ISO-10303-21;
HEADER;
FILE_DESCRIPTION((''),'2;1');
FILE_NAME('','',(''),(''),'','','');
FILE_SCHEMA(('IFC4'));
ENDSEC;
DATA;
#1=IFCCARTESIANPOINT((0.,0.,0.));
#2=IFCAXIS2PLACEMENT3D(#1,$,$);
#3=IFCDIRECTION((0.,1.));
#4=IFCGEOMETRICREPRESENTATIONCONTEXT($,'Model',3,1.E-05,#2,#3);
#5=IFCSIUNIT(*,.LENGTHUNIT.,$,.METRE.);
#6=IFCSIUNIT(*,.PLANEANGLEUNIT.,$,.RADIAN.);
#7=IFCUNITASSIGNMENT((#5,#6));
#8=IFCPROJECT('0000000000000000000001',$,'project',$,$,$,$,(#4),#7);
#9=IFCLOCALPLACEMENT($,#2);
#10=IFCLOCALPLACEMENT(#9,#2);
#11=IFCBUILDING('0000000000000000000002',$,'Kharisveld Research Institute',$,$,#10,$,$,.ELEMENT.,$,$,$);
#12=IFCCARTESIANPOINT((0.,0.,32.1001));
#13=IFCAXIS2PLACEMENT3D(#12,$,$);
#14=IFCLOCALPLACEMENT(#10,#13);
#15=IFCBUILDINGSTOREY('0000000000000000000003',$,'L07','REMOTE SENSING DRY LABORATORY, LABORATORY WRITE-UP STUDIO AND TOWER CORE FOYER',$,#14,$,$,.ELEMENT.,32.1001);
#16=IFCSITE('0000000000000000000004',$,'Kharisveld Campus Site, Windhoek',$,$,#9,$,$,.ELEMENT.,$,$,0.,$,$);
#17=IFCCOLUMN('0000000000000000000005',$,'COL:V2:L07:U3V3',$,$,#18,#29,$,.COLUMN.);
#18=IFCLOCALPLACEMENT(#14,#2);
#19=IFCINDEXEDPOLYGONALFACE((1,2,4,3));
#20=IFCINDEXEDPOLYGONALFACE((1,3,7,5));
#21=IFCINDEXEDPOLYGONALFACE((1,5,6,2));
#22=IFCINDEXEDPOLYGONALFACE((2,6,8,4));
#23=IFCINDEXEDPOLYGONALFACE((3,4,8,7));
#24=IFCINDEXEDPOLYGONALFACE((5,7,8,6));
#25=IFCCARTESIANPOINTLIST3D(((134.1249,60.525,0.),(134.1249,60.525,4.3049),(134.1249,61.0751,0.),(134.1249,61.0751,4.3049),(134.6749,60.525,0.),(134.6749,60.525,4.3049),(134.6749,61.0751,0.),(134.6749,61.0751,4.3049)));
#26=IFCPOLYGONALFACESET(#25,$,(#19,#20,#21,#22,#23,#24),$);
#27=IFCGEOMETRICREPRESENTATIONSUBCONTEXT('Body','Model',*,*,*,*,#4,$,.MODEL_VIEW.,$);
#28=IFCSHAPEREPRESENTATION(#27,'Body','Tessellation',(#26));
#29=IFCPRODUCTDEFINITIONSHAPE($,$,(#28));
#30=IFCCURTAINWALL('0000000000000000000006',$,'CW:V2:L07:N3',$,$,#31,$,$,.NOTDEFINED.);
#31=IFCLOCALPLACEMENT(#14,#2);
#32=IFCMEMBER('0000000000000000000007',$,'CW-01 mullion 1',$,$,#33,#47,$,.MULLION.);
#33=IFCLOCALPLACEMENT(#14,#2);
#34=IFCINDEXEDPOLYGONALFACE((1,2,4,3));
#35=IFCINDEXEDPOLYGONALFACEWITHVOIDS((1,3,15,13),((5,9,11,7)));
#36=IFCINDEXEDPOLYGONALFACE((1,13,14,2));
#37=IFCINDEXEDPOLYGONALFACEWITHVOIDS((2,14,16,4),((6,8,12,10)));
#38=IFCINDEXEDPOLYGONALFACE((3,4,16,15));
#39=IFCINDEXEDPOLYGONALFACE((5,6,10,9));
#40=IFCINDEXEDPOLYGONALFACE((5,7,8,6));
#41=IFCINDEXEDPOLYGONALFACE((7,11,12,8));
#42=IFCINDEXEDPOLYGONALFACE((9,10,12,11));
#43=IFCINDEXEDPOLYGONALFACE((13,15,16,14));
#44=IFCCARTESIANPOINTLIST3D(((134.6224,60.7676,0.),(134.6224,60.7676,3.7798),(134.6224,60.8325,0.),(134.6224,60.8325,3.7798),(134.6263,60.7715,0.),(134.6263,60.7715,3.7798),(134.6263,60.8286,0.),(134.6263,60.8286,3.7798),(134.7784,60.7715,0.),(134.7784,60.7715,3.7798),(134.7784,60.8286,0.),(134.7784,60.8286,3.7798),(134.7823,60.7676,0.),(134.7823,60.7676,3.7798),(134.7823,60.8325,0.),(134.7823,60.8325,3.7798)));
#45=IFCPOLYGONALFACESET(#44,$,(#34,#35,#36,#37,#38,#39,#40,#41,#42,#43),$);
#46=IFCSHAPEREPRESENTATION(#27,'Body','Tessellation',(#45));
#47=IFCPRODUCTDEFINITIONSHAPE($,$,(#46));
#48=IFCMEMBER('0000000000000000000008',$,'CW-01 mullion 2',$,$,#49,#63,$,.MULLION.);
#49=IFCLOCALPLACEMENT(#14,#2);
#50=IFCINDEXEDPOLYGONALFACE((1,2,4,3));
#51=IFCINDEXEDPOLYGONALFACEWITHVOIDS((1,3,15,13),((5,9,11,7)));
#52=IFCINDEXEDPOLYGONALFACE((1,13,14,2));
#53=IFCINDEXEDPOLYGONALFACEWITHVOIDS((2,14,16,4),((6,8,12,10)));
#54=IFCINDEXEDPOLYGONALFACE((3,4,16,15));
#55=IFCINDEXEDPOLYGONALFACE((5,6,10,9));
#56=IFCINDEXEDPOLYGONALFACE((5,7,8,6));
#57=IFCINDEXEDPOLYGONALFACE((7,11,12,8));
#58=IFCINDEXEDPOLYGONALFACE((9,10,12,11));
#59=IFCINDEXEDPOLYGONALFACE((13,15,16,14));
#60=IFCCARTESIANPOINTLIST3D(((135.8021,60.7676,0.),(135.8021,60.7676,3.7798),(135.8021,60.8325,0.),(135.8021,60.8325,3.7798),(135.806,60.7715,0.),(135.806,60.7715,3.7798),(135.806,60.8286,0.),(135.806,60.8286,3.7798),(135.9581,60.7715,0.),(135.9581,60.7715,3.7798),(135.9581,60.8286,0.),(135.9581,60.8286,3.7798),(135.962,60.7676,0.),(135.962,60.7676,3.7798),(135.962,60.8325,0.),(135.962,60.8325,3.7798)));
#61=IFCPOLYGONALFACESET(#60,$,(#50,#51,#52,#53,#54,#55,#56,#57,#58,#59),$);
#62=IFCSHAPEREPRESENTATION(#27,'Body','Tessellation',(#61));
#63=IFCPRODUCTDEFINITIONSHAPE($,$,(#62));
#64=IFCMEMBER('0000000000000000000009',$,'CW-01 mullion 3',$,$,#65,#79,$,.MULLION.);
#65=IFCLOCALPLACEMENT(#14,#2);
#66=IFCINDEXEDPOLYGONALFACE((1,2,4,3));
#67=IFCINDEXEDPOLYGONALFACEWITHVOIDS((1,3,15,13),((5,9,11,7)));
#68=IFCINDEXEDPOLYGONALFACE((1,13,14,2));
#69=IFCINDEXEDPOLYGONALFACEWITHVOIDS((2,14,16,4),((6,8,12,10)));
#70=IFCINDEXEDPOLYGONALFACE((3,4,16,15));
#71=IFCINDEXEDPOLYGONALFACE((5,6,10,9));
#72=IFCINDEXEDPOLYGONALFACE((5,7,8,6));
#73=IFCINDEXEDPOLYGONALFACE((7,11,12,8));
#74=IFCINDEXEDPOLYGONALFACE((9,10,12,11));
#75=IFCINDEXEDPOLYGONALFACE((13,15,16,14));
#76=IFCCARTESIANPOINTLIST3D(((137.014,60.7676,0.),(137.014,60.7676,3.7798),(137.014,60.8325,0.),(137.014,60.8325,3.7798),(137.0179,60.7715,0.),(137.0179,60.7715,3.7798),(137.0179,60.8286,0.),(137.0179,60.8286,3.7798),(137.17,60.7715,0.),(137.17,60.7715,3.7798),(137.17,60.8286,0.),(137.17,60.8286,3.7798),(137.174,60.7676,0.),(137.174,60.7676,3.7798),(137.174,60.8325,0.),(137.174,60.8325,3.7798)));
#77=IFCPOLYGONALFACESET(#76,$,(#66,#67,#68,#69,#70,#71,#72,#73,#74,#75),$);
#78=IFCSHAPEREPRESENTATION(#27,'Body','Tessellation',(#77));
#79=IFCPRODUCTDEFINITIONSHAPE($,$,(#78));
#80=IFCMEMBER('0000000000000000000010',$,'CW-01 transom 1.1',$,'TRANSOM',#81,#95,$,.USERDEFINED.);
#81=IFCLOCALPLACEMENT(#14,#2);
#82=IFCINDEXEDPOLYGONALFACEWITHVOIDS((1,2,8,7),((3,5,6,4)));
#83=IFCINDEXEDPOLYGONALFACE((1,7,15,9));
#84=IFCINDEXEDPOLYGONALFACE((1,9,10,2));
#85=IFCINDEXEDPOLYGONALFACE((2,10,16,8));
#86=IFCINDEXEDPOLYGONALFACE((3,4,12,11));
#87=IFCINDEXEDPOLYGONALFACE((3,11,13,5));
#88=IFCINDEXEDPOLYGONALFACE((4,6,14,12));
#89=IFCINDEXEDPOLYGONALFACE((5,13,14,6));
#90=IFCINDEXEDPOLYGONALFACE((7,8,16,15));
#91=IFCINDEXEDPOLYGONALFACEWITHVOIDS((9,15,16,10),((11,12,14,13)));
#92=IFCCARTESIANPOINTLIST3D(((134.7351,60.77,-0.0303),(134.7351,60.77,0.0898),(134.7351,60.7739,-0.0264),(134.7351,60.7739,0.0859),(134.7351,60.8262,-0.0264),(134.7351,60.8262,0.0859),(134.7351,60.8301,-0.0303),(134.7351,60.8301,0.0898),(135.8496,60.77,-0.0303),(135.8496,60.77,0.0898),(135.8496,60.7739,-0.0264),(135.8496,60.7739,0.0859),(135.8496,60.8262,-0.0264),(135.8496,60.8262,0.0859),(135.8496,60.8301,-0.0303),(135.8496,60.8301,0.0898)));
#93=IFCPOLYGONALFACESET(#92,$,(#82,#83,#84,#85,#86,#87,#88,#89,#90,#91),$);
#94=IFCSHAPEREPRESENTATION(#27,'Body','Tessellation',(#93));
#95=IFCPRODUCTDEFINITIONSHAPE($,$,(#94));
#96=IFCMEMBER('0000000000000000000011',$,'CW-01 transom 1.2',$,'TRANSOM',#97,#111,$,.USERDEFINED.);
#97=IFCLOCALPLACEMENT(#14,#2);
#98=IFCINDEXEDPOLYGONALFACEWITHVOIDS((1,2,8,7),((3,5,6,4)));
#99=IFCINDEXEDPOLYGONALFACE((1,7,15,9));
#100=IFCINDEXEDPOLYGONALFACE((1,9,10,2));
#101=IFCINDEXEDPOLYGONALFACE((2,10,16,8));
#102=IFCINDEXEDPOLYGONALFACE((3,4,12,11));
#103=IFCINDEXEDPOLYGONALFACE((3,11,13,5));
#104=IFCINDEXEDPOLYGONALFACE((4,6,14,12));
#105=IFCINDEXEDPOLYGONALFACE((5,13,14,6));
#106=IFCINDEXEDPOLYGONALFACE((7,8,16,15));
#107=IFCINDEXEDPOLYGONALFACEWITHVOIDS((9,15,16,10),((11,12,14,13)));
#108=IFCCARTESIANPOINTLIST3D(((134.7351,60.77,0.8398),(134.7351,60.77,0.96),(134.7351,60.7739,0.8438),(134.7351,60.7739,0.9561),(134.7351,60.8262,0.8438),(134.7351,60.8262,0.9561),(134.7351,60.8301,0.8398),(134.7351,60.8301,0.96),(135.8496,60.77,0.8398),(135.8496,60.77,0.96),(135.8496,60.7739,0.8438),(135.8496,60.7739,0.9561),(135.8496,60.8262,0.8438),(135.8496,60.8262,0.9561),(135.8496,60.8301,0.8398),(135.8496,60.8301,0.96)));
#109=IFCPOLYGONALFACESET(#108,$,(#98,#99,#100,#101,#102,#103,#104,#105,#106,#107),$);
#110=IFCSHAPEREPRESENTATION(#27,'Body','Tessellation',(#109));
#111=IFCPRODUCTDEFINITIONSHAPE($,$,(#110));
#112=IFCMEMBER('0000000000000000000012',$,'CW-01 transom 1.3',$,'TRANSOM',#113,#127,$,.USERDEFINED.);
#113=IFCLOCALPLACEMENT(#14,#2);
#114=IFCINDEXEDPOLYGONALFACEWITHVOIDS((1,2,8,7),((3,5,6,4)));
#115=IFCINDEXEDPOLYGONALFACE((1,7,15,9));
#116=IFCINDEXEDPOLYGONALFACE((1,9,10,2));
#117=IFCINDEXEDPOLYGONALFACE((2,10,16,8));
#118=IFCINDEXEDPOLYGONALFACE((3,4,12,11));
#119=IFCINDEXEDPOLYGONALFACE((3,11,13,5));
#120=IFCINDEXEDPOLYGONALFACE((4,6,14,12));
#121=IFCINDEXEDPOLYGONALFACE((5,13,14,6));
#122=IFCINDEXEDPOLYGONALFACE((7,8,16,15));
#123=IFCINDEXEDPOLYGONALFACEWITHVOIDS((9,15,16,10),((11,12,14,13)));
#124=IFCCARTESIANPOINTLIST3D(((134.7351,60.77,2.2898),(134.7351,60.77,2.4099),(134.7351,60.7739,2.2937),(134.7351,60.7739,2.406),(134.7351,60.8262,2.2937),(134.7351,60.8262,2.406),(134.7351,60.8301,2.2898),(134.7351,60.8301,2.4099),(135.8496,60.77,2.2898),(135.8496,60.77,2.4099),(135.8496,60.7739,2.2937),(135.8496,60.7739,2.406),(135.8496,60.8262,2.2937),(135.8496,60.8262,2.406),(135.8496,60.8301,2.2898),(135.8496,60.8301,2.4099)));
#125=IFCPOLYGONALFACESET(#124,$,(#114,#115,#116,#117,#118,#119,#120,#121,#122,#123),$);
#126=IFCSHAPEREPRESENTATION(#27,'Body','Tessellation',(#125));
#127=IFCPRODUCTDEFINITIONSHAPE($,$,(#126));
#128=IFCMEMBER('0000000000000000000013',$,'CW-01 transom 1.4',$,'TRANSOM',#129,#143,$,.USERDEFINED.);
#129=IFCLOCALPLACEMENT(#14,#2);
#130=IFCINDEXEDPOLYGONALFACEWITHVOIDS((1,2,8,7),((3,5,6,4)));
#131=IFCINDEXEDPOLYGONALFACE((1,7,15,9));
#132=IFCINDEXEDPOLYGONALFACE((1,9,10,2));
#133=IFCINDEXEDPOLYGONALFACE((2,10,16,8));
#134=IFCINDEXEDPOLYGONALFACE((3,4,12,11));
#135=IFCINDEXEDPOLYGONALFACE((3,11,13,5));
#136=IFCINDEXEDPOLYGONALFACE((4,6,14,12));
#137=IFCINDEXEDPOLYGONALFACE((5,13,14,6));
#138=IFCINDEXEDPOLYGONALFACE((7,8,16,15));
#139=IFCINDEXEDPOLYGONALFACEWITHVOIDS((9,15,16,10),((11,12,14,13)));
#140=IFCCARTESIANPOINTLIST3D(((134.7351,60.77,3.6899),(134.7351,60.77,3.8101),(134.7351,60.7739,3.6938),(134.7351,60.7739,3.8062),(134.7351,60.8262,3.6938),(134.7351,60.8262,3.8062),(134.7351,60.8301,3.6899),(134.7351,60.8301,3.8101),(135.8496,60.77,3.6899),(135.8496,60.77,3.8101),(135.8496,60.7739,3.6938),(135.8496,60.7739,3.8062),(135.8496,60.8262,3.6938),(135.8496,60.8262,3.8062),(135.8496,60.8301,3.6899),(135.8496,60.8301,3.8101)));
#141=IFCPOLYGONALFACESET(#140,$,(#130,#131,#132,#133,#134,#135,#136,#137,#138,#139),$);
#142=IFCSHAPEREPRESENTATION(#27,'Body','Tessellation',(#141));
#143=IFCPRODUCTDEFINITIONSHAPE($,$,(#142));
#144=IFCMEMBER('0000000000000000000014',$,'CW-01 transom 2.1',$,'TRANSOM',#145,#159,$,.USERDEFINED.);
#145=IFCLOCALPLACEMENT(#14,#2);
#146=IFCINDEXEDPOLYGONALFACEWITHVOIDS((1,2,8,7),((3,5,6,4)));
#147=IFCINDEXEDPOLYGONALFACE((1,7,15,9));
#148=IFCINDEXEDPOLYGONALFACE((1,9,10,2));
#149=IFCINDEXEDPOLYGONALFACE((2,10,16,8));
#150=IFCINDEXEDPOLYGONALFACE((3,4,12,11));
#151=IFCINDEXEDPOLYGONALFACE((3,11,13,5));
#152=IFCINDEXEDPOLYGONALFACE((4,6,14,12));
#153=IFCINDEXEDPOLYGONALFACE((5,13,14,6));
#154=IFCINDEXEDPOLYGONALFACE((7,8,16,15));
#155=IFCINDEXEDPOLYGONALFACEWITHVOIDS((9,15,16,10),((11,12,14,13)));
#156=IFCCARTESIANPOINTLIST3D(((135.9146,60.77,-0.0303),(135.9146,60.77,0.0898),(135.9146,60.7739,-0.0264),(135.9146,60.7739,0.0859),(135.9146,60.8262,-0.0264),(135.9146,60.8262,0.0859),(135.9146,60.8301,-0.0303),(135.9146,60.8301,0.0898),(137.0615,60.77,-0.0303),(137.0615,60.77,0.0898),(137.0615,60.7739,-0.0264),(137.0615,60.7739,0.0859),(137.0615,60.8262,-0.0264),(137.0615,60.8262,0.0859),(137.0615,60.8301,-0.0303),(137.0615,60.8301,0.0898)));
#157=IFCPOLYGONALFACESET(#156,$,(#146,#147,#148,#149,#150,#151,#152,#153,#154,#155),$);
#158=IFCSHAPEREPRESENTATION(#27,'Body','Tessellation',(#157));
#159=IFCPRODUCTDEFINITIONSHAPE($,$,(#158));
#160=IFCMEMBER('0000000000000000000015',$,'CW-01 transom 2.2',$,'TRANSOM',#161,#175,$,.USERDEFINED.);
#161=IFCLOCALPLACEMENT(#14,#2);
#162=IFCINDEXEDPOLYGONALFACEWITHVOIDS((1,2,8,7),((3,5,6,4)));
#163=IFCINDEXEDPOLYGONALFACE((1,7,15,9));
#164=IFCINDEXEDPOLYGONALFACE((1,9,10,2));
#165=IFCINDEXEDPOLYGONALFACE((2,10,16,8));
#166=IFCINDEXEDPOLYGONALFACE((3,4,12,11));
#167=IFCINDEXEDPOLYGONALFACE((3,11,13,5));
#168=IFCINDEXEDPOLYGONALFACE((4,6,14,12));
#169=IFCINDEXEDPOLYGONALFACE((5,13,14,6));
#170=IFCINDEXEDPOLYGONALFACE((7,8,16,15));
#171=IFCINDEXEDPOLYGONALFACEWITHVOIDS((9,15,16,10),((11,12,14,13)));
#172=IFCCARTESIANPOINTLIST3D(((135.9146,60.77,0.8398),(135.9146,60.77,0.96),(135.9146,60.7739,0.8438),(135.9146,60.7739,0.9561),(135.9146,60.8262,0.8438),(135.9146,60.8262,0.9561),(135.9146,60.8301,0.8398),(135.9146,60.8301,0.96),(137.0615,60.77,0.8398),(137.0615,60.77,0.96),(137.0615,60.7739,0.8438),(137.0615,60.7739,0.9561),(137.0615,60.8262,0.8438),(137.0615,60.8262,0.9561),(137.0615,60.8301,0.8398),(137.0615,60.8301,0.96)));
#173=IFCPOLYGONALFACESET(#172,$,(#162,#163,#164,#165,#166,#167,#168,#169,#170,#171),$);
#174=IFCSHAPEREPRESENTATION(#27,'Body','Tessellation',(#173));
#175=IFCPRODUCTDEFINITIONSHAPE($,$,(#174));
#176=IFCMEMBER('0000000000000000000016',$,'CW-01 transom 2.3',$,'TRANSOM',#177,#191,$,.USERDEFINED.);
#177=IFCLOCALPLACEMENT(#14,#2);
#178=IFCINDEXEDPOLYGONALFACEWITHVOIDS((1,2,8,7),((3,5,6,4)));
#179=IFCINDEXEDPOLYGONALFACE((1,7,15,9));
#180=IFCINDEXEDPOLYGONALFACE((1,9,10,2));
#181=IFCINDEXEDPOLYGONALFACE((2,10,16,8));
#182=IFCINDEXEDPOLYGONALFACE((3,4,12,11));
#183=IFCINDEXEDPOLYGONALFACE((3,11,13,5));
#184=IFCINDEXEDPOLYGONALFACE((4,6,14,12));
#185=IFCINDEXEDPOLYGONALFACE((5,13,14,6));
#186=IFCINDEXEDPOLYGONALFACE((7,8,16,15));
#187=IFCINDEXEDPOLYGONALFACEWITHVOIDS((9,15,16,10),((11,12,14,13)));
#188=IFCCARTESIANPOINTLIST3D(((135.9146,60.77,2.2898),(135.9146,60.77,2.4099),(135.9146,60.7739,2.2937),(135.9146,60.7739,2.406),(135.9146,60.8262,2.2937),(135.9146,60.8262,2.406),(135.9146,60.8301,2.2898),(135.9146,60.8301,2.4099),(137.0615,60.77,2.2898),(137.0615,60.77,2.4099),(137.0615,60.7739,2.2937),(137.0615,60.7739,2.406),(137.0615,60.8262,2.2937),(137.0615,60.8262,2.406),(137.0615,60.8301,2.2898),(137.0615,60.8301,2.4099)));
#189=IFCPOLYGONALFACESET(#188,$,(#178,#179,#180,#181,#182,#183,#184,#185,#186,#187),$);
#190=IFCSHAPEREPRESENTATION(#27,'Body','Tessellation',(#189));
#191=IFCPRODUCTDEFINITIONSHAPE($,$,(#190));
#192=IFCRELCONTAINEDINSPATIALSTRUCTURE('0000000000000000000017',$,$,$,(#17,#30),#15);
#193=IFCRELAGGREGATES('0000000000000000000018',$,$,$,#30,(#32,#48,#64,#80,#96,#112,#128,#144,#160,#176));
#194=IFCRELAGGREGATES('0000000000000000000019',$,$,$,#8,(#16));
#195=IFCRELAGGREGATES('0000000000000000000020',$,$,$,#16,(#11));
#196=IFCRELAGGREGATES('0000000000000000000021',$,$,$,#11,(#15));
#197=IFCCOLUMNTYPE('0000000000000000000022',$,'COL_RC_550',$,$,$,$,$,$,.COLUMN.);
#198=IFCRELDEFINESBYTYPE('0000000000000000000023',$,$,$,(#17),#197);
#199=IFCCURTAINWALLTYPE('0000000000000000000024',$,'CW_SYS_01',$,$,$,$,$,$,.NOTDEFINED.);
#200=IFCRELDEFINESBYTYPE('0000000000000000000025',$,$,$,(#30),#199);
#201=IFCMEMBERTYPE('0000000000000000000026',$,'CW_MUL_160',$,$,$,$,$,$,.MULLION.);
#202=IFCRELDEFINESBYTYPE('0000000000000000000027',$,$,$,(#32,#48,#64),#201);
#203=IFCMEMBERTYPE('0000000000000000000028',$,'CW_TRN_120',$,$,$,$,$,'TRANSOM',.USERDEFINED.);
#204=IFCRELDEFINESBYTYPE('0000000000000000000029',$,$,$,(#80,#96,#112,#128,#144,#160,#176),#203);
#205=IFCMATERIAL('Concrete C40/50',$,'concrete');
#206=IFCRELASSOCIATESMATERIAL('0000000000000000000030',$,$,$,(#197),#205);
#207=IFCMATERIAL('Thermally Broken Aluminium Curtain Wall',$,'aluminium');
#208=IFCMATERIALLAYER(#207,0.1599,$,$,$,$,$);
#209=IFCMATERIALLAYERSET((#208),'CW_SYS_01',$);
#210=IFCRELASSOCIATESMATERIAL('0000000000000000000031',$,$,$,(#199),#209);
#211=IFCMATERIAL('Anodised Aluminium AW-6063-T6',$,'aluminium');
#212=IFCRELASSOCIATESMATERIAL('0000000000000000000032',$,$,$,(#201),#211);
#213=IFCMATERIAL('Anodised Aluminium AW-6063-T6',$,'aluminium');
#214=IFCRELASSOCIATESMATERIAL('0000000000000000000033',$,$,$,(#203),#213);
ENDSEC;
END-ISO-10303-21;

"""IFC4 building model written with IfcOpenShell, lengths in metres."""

from ifc_helpers import new_model, si_unit, direction, frame, origin, origin_2d, place, context, subcontext, project, spatial, rectangle, hollow_rectangle, extrude, material, layer, layer_set, material_profile, profile_set, type_object, element, aggregate, save


model = new_model("IFC4")

# Units and contexts
model_context = context("Model", 3, precision=1e-05, world=origin(), true_north=direction((0.0, 1.0)))
body_context = subcontext(model_context, "Body", "Model", "MODEL_VIEW")
ifc_project = project(units=[si_unit("LENGTHUNIT", "METRE"), si_unit("PLANEANGLEUNIT", "RADIAN")], contexts=[model_context])

# Site, building, storey
site_placement = place(None, origin())
site = spatial("IfcSite", under=ifc_project, at=site_placement, Name="Kharisveld Campus Site, Windhoek", CompositionType="ELEMENT", RefElevation=0.0)
building_placement = place(site_placement, origin())
building = spatial("IfcBuilding", under=site, at=building_placement, Name="Kharisveld Research Institute", CompositionType="ELEMENT")
storey_placement = place(building_placement, frame((0.0, 0.0, 32.1001)))
storey = spatial("IfcBuildingStorey", under=building, at=storey_placement, Name="L07", Description="REMOTE SENSING DRY LABORATORY, LABORATORY WRITE-UP STUDIO AND TOWER CORE FOYER", CompositionType="ELEMENT", Elevation=32.1001)

# Column
ifc_material_1 = material(Name="Concrete C40/50", Category="concrete")
ifc_material_profile_1 = material_profile(ifc_material_1, rectangle(XDim=0.55, YDim=0.55, at=origin_2d()))
ifc_profile_set_1 = profile_set([ifc_material_profile_1], Name="Concrete C40/50")
column_type = type_object("IfcColumnType", Name="COL_RC_550", PredefinedType="COLUMN", material=ifc_profile_set_1)
column_placement = place(storey_placement, frame((134.3999, 60.8, 0.0), z_axis=(0.0, 0.0, 1.0), x_axis=(1.0, 0.0, 0.0)))
element("IfcColumn", 1, at=column_placement, inside=storey, type_object=column_type, Name="COL:V2:L07:U3V3", PredefinedType="COLUMN", context=body_context, shape_type="SweptSolid", body=[
    extrude(rectangle(XDim=0.55, YDim=0.55, at=origin_2d()), origin(), (0.0, 0.0, 1.0), 4.3049),
])

# Curtain wall, members
ifc_material_2 = material(Name="Thermally Broken Aluminium Curtain Wall", Category="aluminium")
ifc_layer_1 = layer(ifc_material_2, 0.1599)
ifc_layer_set_1 = layer_set([ifc_layer_1], Name="CW_SYS_01")
curtain_wall_type = type_object("IfcCurtainWallType", Name="CW_SYS_01", PredefinedType="NOTDEFINED", material=ifc_layer_set_1)
curtain_wall_placement = place(storey_placement, origin())
curtain_wall = element("IfcCurtainWall", 2, at=curtain_wall_placement, inside=storey, type_object=curtain_wall_type, Name="CW:V2:L07:N3", PredefinedType="NOTDEFINED")
ifc_material_3 = material(Name="Anodised Aluminium AW-6063-T6", Category="aluminium")
ifc_material_profile_2 = material_profile(ifc_material_3, hollow_rectangle(XDim=0.0649, YDim=0.1599, WallThickness=0.0039, at=origin_2d()))
ifc_profile_set_2 = profile_set([ifc_material_profile_2], Name="Anodised Aluminium AW-6063-T6")
member_type_1 = type_object("IfcMemberType", Name="CW_MUL_160", PredefinedType="MULLION", material=ifc_profile_set_2)
member_1_placement = place(storey_placement, frame((134.7024, 60.8, 0.0), z_axis=(0.0, 0.0, 1.0), x_axis=(0.0, 1.0, 0.0)))
member_1 = element("IfcMember", 3, at=member_1_placement, type_object=member_type_1, Name="CW-01 mullion 1", PredefinedType="MULLION", context=body_context, shape_type="SweptSolid", body=[
    extrude(hollow_rectangle(XDim=0.0649, YDim=0.1599, WallThickness=0.0039, at=origin_2d()), origin(), (0.0, 0.0, 1.0), 3.7798),
])
member_2_placement = place(storey_placement, frame((135.8821, 60.8, 0.0), z_axis=(0.0, 0.0, 1.0), x_axis=(0.0, 1.0, 0.0)))
member_2 = element("IfcMember", 4, at=member_2_placement, type_object=member_type_1, Name="CW-01 mullion 2", PredefinedType="MULLION", context=body_context, shape_type="SweptSolid", body=[
    extrude(hollow_rectangle(XDim=0.0649, YDim=0.1599, WallThickness=0.0039, at=origin_2d()), origin(), (0.0, 0.0, 1.0), 3.7798),
])
member_3_placement = place(storey_placement, frame((137.094, 60.8, 0.0), z_axis=(0.0, 0.0, 1.0), x_axis=(0.0, 1.0, 0.0)))
member_3 = element("IfcMember", 5, at=member_3_placement, type_object=member_type_1, Name="CW-01 mullion 3", PredefinedType="MULLION", context=body_context, shape_type="SweptSolid", body=[
    extrude(hollow_rectangle(XDim=0.0649, YDim=0.1599, WallThickness=0.0039, at=origin_2d()), origin(), (0.0, 0.0, 1.0), 3.7798),
])
ifc_material_4 = material(Name="Anodised Aluminium AW-6063-T6", Category="aluminium")
ifc_material_profile_3 = material_profile(ifc_material_4, hollow_rectangle(XDim=0.0601, YDim=0.1201, WallThickness=0.0039, at=origin_2d()))
ifc_profile_set_3 = profile_set([ifc_material_profile_3], Name="Anodised Aluminium AW-6063-T6")
member_type_2 = type_object("IfcMemberType", Name="CW_TRN_120", ElementType="TRANSOM", PredefinedType="USERDEFINED", material=ifc_profile_set_3)
member_4_placement = place(storey_placement, frame((134.7351, 60.8, 0.0298), z_axis=(1.0, 0.0, 0.0), x_axis=(0.0, 1.0, 0.0)))
member_4 = element("IfcMember", 6, at=member_4_placement, type_object=member_type_2, Name="CW-01 transom 1.1", ObjectType="TRANSOM", PredefinedType="USERDEFINED", context=body_context, shape_type="SweptSolid", body=[
    extrude(hollow_rectangle(XDim=0.0601, YDim=0.1201, WallThickness=0.0039, at=origin_2d()), origin(), (0.0, 0.0, 1.0), 1.1145),
])
member_5_placement = place(storey_placement, frame((134.7351, 60.8, 0.8999), z_axis=(1.0, 0.0, 0.0), x_axis=(0.0, 1.0, 0.0)))
member_5 = element("IfcMember", 7, at=member_5_placement, type_object=member_type_2, Name="CW-01 transom 1.2", ObjectType="TRANSOM", PredefinedType="USERDEFINED", context=body_context, shape_type="SweptSolid", body=[
    extrude(hollow_rectangle(XDim=0.0601, YDim=0.1201, WallThickness=0.0039, at=origin_2d()), origin(), (0.0, 0.0, 1.0), 1.1145),
])
member_6_placement = place(storey_placement, frame((134.7351, 60.8, 2.3499), z_axis=(1.0, 0.0, 0.0), x_axis=(0.0, 1.0, 0.0)))
member_6 = element("IfcMember", 8, at=member_6_placement, type_object=member_type_2, Name="CW-01 transom 1.3", ObjectType="TRANSOM", PredefinedType="USERDEFINED", context=body_context, shape_type="SweptSolid", body=[
    extrude(hollow_rectangle(XDim=0.0601, YDim=0.1201, WallThickness=0.0039, at=origin_2d()), origin(), (0.0, 0.0, 1.0), 1.1145),
])
member_7_placement = place(storey_placement, frame((134.7351, 60.8, 3.75), z_axis=(1.0, 0.0, 0.0), x_axis=(0.0, 1.0, 0.0)))
member_7 = element("IfcMember", 9, at=member_7_placement, type_object=member_type_2, Name="CW-01 transom 1.4", ObjectType="TRANSOM", PredefinedType="USERDEFINED", context=body_context, shape_type="SweptSolid", body=[
    extrude(hollow_rectangle(XDim=0.0601, YDim=0.1201, WallThickness=0.0039, at=origin_2d()), origin(), (0.0, 0.0, 1.0), 1.1145),
])
member_8_placement = place(storey_placement, frame((135.9146, 60.8, 0.0298), z_axis=(1.0, 0.0, 0.0), x_axis=(0.0, 1.0, 0.0)))
member_8 = element("IfcMember", 10, at=member_8_placement, type_object=member_type_2, Name="CW-01 transom 2.1", ObjectType="TRANSOM", PredefinedType="USERDEFINED", context=body_context, shape_type="SweptSolid", body=[
    extrude(hollow_rectangle(XDim=0.0601, YDim=0.1201, WallThickness=0.0039, at=origin_2d()), origin(), (0.0, 0.0, 1.0), 1.147),
])
member_9_placement = place(storey_placement, frame((135.9146, 60.8, 0.8999), z_axis=(1.0, 0.0, 0.0), x_axis=(0.0, 1.0, 0.0)))
member_9 = element("IfcMember", 11, at=member_9_placement, type_object=member_type_2, Name="CW-01 transom 2.2", ObjectType="TRANSOM", PredefinedType="USERDEFINED", context=body_context, shape_type="SweptSolid", body=[
    extrude(hollow_rectangle(XDim=0.0601, YDim=0.1201, WallThickness=0.0039, at=origin_2d()), origin(), (0.0, 0.0, 1.0), 1.147),
])
member_10_placement = place(storey_placement, frame((135.9146, 60.8, 2.3499), z_axis=(1.0, 0.0, 0.0), x_axis=(0.0, 1.0, 0.0)))
member_10 = element("IfcMember", 12, at=member_10_placement, type_object=member_type_2, Name="CW-01 transom 2.3", ObjectType="TRANSOM", PredefinedType="USERDEFINED", context=body_context, shape_type="SweptSolid", body=[
    extrude(hollow_rectangle(XDim=0.0601, YDim=0.1201, WallThickness=0.0039, at=origin_2d()), origin(), (0.0, 0.0, 1.0), 1.147),
])

aggregate(curtain_wall, [member_1, member_2, member_3, member_4, member_5, member_6, member_7, member_8, member_9, member_10])

save(model, "model.ifc")
